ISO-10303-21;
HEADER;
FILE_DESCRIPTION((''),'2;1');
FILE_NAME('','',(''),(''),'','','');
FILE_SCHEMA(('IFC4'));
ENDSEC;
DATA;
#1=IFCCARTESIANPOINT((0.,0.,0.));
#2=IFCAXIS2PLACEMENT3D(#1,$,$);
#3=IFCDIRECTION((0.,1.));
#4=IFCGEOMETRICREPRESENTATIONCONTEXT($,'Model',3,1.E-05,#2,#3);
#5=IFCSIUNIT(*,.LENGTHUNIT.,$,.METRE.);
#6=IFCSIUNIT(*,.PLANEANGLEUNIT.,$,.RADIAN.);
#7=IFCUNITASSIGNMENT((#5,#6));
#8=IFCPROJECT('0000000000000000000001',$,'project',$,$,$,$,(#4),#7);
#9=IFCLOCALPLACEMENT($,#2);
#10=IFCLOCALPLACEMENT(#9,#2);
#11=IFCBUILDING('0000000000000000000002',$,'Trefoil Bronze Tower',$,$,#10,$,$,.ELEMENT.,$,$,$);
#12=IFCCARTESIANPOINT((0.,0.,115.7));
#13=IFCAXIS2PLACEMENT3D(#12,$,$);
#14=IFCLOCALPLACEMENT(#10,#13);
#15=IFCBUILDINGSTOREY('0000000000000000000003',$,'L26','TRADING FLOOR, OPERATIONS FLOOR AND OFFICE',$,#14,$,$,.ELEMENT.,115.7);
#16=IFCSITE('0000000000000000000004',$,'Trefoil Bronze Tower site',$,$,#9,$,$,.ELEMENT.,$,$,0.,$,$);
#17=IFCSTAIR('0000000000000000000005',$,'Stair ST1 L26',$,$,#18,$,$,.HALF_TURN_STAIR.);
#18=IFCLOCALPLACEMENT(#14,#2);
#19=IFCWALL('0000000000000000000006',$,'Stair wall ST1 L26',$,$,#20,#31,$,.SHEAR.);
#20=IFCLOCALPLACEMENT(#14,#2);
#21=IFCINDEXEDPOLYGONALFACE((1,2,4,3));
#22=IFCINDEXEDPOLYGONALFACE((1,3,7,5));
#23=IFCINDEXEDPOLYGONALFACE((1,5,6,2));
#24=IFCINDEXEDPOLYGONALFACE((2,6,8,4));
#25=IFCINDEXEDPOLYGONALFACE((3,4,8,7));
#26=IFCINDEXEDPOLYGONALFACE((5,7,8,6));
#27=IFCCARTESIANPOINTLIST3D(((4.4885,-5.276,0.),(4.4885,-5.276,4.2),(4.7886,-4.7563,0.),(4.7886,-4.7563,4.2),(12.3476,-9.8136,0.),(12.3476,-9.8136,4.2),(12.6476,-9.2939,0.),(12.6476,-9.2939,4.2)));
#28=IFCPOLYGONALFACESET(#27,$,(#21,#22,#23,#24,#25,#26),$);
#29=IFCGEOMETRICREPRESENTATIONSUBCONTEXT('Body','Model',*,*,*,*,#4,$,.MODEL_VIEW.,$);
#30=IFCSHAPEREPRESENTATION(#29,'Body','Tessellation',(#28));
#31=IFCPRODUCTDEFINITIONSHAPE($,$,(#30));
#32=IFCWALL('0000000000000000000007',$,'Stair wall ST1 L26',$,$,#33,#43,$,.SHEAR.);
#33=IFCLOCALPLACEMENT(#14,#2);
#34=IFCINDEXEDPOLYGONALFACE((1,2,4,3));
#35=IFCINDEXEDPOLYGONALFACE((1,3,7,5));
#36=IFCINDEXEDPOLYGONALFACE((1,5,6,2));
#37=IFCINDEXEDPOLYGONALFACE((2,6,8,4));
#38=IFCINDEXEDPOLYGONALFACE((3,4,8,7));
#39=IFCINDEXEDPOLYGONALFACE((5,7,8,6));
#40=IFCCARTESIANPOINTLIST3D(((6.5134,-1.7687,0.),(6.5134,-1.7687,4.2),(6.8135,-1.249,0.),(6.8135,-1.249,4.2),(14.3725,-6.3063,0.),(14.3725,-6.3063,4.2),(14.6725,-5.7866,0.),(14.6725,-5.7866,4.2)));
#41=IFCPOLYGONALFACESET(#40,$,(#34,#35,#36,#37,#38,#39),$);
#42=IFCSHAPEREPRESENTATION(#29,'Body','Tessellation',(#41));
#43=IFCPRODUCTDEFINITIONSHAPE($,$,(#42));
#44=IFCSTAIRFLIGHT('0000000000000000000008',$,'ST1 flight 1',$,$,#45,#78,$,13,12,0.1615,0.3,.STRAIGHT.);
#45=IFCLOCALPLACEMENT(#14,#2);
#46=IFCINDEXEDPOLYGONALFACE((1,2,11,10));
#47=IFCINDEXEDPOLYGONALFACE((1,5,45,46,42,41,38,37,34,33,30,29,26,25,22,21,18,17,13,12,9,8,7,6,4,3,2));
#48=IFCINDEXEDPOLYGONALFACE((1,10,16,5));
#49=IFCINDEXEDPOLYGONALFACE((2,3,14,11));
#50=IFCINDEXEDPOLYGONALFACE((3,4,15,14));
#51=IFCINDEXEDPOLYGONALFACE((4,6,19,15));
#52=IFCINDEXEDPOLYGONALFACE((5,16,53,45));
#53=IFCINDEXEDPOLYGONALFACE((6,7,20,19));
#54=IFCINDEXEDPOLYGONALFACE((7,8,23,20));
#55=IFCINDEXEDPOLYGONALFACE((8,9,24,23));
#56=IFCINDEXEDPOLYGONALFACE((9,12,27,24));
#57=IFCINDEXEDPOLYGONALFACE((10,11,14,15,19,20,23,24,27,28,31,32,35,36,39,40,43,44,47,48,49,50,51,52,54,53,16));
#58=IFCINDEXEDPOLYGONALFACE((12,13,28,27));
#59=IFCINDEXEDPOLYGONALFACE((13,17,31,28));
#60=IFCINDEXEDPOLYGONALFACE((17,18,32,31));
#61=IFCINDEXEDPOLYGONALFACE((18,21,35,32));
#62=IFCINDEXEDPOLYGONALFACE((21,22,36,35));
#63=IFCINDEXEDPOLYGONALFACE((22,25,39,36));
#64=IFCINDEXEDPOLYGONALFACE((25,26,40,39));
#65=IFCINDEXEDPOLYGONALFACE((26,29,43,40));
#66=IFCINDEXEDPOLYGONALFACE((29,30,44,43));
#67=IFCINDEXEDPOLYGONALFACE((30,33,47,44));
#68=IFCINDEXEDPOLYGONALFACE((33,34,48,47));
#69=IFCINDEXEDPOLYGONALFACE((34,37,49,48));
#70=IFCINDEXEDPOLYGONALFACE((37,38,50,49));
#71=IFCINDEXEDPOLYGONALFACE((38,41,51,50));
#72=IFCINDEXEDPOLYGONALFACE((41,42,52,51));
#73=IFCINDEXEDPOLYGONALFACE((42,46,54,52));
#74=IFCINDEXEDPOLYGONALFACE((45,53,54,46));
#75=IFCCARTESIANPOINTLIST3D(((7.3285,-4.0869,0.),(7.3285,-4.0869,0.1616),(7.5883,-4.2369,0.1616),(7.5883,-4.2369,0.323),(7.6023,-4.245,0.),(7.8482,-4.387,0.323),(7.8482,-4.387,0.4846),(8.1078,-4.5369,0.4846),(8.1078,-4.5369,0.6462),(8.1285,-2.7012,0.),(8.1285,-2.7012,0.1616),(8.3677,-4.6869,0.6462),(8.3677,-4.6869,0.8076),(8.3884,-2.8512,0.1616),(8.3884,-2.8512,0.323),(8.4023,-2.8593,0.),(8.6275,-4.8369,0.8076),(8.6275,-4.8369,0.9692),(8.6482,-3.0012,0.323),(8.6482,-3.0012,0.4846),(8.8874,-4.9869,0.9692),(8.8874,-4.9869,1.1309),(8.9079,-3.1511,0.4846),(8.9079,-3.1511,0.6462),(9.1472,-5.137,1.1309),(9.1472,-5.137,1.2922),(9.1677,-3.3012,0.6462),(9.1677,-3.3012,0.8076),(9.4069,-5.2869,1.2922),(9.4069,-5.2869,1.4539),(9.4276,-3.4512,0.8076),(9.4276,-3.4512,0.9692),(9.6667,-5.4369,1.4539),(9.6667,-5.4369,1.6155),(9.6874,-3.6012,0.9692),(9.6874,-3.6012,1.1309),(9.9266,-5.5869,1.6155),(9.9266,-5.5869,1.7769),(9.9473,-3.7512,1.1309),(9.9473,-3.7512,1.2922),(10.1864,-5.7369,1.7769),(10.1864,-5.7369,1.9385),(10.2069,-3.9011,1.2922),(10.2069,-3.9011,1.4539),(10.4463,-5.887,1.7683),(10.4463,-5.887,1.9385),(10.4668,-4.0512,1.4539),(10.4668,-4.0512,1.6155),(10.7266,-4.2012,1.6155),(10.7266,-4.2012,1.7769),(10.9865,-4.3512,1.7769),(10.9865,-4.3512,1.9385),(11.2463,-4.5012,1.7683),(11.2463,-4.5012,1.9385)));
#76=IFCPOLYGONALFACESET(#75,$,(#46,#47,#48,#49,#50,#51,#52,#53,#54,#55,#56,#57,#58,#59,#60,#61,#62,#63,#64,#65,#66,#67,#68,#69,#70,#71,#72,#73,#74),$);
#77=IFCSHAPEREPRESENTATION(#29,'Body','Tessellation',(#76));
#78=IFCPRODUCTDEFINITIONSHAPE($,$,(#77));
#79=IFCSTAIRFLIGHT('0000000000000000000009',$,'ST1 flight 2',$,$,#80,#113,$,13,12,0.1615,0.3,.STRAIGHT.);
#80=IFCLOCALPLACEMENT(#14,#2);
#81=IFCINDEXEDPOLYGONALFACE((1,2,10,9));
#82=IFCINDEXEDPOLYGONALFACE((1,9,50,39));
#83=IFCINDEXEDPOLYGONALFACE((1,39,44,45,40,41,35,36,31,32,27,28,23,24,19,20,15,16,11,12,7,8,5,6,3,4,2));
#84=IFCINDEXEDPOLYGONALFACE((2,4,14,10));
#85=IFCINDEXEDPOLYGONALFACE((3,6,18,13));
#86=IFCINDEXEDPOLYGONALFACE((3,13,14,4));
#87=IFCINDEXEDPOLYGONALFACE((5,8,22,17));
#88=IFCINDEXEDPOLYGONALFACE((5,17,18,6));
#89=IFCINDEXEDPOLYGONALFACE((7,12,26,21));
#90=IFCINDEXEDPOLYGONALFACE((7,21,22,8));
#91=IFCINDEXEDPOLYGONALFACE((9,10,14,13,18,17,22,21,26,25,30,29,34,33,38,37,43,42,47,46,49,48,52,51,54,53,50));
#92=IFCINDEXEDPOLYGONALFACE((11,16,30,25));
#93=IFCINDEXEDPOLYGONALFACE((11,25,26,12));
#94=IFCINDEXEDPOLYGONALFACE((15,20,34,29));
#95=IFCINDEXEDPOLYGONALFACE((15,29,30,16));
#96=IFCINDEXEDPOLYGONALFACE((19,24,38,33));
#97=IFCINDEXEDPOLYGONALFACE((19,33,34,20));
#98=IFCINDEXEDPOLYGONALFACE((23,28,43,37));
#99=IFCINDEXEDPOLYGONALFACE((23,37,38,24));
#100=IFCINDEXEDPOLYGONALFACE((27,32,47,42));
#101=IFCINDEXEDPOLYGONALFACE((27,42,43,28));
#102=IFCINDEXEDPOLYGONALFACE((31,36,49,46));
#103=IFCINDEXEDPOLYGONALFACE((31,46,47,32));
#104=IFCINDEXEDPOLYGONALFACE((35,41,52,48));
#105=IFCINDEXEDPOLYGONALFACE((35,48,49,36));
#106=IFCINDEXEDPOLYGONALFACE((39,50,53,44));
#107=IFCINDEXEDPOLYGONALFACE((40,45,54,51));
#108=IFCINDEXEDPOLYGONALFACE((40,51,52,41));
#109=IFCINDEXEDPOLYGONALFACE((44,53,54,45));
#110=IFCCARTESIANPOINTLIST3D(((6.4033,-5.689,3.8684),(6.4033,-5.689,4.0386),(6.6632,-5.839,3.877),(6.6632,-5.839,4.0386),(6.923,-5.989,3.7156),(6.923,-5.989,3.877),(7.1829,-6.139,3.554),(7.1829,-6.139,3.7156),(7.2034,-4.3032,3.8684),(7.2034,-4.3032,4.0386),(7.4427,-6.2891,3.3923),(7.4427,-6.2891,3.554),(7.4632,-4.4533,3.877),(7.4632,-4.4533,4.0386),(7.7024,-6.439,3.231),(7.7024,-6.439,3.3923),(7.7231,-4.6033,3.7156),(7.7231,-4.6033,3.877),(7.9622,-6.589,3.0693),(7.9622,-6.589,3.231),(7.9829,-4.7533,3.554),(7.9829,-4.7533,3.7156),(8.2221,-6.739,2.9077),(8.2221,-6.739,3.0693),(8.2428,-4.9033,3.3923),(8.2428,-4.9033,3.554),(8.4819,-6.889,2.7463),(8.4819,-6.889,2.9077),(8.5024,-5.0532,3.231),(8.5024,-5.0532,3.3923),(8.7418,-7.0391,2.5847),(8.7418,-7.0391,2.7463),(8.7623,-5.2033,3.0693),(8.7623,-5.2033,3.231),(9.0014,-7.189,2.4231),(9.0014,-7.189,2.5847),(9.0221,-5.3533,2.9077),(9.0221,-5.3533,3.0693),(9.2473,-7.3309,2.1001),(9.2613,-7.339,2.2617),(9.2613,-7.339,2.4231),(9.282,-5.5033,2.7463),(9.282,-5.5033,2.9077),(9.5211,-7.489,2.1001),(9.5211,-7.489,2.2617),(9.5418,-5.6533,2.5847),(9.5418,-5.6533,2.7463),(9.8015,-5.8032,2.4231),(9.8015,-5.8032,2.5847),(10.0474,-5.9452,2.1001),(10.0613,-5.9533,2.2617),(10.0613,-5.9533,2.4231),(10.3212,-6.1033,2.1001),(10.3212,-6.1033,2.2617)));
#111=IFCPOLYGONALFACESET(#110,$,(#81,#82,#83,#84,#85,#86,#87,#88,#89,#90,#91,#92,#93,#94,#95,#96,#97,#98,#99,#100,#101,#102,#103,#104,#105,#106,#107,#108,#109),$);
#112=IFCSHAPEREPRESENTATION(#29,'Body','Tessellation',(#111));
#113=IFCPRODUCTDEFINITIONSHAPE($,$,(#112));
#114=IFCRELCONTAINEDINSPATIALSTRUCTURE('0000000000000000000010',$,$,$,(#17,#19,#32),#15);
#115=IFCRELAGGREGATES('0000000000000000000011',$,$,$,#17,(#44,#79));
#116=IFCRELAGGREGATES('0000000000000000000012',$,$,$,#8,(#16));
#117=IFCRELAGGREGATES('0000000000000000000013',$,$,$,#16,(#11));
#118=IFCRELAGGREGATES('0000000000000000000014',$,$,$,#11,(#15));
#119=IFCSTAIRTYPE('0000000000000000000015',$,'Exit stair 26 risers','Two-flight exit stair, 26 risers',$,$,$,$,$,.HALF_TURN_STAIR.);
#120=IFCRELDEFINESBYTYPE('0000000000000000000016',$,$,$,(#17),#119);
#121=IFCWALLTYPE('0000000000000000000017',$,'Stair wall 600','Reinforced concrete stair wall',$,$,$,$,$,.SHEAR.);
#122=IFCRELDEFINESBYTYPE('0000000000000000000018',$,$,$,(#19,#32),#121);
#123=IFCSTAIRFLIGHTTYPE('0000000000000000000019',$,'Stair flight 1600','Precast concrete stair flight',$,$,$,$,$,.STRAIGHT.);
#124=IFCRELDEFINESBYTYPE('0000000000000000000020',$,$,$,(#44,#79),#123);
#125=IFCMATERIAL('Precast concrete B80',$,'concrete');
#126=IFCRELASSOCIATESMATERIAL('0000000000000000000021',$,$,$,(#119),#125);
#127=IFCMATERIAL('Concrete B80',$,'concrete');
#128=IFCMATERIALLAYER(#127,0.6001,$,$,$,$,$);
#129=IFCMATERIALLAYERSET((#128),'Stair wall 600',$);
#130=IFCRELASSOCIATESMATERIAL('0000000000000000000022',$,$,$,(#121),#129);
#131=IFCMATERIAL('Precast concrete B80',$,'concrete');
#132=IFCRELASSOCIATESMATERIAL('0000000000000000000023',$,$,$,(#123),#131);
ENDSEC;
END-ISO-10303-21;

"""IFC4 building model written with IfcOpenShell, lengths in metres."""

from ifc_helpers import new_model, si_unit, direction, frame, frame_2d, origin, place, context, subcontext, project, spatial, polyline, rectangle, outline, extrude, material, layer, layer_set, type_object, element, aggregate, save


model = new_model("IFC4")

# Units and contexts
model_context = context("Model", 3, precision=1e-05, world=origin(), true_north=direction((0.0, 1.0)))
body_context = subcontext(model_context, "Body", "Model", "MODEL_VIEW")
ifc_project = project(units=[si_unit("LENGTHUNIT", "METRE"), si_unit("PLANEANGLEUNIT", "RADIAN")], contexts=[model_context])

# Site, building, storey
site_placement = place(None, origin())
site = spatial("IfcSite", under=ifc_project, at=site_placement, Name="Trefoil Bronze Tower site", CompositionType="ELEMENT", RefElevation=0.0)
building_placement = place(site_placement, origin())
building = spatial("IfcBuilding", under=site, at=building_placement, Name="Trefoil Bronze Tower", CompositionType="ELEMENT")
storey_placement = place(building_placement, frame((0.0, 0.0, 115.7)))
storey = spatial("IfcBuildingStorey", under=building, at=storey_placement, Name="L26", Description="TRADING FLOOR, OPERATIONS FLOOR AND OFFICE", CompositionType="ELEMENT", Elevation=115.7)

# Stair
ifc_material_1 = material(Name="Precast concrete B80", Category="concrete")
stair_type = type_object("IfcStairType", Name="Exit stair 26 risers", Description="Two-flight exit stair, 26 risers", PredefinedType="HALF_TURN_STAIR", material=ifc_material_1)
stair_1_placement = place(storey_placement, origin())
stair_1 = element("IfcStair", 1, at=stair_1_placement, inside=storey, type_object=stair_type, Name="Stair ST1 L26", PredefinedType="HALF_TURN_STAIR")

# Walls
ifc_material_2 = material(Name="Concrete B80", Category="concrete")
ifc_layer_1 = layer(ifc_material_2, 0.6001)
ifc_layer_set_1 = layer_set([ifc_layer_1], Name="Stair wall 600")
wall_type_1 = type_object("IfcWallType", Name="Stair wall 600", Description="Reinforced concrete stair wall", PredefinedType="SHEAR", material=ifc_layer_set_1)
for number, where, z_axis, x_axis, name in (
    (2, (4.6384, -5.0161, 0.0), (0.0, 0.0, 1.0), (0.866019, -0.50001, 0.0), "Stair wall ST1 L26"),
    (3, (6.6633, -1.5088, 0.0), (0.0, 0.0, 1.0), (0.866019, -0.50001, 0.0), "Stair wall ST1 L26"),
):
    element("IfcWall", number, at=place(storey_placement, frame(where, z_axis=z_axis, x_axis=x_axis)), inside=storey, type_object=wall_type_1, Name=name, PredefinedType="SHEAR", context=body_context, shape_type="SweptSolid", body=[
        extrude(rectangle(XDim=9.075, YDim=0.6001, at=frame_2d((4.5376, 0.0))), origin(), (0.0, 0.0, 1.0), 4.2),
    ])

# Stair flights
ifc_material_3 = material(Name="Precast concrete B80", Category="concrete")
stair_flight_type = type_object("IfcStairFlightType", Name="Stair flight 1600", Description="Precast concrete stair flight", PredefinedType="STRAIGHT", material=ifc_material_3)
stair_flight_1_placement = place(storey_placement, frame((7.7285, -3.394, 0.0), z_axis=(0.0, 0.0, 1.0), x_axis=(0.866025, -0.5, 0.0)))
stair_flight_1 = element("IfcStairFlight", 4, at=stair_flight_1_placement, type_object=stair_flight_type, Name="ST1 flight 1", NumberOfRisers=13, NumberOfTreads=12, PredefinedType="STRAIGHT", RiserHeight=0.1615, TreadLength=0.3, context=body_context, shape_type="SweptSolid", body=[
    extrude(outline(polyline([(0.0, 0.0), (0.0, 0.1616), (0.3, 0.1616), (0.3, 0.323), (0.6001, 0.323), (0.6001, 0.4846), (0.8999, 0.4846), (0.8999, 0.6462), (1.2, 0.6462), (1.2, 0.8076), (1.5, 0.8076), (1.5, 0.9692), (1.8, 0.9692), (1.8, 1.1309), (2.1001, 1.1309), (2.1001, 1.2922), (2.3999, 1.2922), (2.3999, 1.4539), (2.7, 1.4539), (2.7, 1.6155), (3.0, 1.6155), (3.0, 1.7769), (3.3, 1.7769), (3.3, 1.9385), (3.6001, 1.9385), (3.6001, 2.1001), (3.6001, 1.7683), (0.3162, 0.0), (0.0, 0.0)])), frame((0.0, 0.8, 0.0), z_axis=(0.0, -1.0, 0.0), x_axis=(1.0, 0.0, 0.0)), (0.0, 0.0, 1.0), 1.6001),
])
stair_flight_2_placement = place(storey_placement, frame((9.9211, -6.7961, 2.1001), z_axis=(0.0, 0.0, 1.0), x_axis=(-0.866025, 0.5, 0.0)))
stair_flight_2 = element("IfcStairFlight", 5, at=stair_flight_2_placement, type_object=stair_flight_type, Name="ST1 flight 2", NumberOfRisers=13, NumberOfTreads=12, PredefinedType="STRAIGHT", RiserHeight=0.1615, TreadLength=0.3, context=body_context, shape_type="SweptSolid", body=[
    extrude(outline(polyline([(0.0, 0.0), (0.0, 0.1616), (0.3, 0.1616), (0.3, 0.323), (0.6001, 0.323), (0.6001, 0.4846), (0.8999, 0.4846), (0.8999, 0.6462), (1.2, 0.6462), (1.2, 0.8076), (1.5, 0.8076), (1.5, 0.9692), (1.8, 0.9692), (1.8, 1.1309), (2.1001, 1.1309), (2.1001, 1.2922), (2.3999, 1.2922), (2.3999, 1.4539), (2.7, 1.4539), (2.7, 1.6155), (3.0, 1.6155), (3.0, 1.7769), (3.3, 1.7769), (3.3, 1.9385), (3.6001, 1.9385), (3.6001, 2.1001), (3.6001, 1.7683), (0.3162, 0.0), (0.0, 0.0)])), frame((0.0, 0.8, 0.0), z_axis=(0.0, -1.0, 0.0), x_axis=(1.0, 0.0, 0.0)), (0.0, 0.0, 1.0), 1.6001),
])
aggregate(stair_1, [stair_flight_1, stair_flight_2])

save(model, "model.ifc")
